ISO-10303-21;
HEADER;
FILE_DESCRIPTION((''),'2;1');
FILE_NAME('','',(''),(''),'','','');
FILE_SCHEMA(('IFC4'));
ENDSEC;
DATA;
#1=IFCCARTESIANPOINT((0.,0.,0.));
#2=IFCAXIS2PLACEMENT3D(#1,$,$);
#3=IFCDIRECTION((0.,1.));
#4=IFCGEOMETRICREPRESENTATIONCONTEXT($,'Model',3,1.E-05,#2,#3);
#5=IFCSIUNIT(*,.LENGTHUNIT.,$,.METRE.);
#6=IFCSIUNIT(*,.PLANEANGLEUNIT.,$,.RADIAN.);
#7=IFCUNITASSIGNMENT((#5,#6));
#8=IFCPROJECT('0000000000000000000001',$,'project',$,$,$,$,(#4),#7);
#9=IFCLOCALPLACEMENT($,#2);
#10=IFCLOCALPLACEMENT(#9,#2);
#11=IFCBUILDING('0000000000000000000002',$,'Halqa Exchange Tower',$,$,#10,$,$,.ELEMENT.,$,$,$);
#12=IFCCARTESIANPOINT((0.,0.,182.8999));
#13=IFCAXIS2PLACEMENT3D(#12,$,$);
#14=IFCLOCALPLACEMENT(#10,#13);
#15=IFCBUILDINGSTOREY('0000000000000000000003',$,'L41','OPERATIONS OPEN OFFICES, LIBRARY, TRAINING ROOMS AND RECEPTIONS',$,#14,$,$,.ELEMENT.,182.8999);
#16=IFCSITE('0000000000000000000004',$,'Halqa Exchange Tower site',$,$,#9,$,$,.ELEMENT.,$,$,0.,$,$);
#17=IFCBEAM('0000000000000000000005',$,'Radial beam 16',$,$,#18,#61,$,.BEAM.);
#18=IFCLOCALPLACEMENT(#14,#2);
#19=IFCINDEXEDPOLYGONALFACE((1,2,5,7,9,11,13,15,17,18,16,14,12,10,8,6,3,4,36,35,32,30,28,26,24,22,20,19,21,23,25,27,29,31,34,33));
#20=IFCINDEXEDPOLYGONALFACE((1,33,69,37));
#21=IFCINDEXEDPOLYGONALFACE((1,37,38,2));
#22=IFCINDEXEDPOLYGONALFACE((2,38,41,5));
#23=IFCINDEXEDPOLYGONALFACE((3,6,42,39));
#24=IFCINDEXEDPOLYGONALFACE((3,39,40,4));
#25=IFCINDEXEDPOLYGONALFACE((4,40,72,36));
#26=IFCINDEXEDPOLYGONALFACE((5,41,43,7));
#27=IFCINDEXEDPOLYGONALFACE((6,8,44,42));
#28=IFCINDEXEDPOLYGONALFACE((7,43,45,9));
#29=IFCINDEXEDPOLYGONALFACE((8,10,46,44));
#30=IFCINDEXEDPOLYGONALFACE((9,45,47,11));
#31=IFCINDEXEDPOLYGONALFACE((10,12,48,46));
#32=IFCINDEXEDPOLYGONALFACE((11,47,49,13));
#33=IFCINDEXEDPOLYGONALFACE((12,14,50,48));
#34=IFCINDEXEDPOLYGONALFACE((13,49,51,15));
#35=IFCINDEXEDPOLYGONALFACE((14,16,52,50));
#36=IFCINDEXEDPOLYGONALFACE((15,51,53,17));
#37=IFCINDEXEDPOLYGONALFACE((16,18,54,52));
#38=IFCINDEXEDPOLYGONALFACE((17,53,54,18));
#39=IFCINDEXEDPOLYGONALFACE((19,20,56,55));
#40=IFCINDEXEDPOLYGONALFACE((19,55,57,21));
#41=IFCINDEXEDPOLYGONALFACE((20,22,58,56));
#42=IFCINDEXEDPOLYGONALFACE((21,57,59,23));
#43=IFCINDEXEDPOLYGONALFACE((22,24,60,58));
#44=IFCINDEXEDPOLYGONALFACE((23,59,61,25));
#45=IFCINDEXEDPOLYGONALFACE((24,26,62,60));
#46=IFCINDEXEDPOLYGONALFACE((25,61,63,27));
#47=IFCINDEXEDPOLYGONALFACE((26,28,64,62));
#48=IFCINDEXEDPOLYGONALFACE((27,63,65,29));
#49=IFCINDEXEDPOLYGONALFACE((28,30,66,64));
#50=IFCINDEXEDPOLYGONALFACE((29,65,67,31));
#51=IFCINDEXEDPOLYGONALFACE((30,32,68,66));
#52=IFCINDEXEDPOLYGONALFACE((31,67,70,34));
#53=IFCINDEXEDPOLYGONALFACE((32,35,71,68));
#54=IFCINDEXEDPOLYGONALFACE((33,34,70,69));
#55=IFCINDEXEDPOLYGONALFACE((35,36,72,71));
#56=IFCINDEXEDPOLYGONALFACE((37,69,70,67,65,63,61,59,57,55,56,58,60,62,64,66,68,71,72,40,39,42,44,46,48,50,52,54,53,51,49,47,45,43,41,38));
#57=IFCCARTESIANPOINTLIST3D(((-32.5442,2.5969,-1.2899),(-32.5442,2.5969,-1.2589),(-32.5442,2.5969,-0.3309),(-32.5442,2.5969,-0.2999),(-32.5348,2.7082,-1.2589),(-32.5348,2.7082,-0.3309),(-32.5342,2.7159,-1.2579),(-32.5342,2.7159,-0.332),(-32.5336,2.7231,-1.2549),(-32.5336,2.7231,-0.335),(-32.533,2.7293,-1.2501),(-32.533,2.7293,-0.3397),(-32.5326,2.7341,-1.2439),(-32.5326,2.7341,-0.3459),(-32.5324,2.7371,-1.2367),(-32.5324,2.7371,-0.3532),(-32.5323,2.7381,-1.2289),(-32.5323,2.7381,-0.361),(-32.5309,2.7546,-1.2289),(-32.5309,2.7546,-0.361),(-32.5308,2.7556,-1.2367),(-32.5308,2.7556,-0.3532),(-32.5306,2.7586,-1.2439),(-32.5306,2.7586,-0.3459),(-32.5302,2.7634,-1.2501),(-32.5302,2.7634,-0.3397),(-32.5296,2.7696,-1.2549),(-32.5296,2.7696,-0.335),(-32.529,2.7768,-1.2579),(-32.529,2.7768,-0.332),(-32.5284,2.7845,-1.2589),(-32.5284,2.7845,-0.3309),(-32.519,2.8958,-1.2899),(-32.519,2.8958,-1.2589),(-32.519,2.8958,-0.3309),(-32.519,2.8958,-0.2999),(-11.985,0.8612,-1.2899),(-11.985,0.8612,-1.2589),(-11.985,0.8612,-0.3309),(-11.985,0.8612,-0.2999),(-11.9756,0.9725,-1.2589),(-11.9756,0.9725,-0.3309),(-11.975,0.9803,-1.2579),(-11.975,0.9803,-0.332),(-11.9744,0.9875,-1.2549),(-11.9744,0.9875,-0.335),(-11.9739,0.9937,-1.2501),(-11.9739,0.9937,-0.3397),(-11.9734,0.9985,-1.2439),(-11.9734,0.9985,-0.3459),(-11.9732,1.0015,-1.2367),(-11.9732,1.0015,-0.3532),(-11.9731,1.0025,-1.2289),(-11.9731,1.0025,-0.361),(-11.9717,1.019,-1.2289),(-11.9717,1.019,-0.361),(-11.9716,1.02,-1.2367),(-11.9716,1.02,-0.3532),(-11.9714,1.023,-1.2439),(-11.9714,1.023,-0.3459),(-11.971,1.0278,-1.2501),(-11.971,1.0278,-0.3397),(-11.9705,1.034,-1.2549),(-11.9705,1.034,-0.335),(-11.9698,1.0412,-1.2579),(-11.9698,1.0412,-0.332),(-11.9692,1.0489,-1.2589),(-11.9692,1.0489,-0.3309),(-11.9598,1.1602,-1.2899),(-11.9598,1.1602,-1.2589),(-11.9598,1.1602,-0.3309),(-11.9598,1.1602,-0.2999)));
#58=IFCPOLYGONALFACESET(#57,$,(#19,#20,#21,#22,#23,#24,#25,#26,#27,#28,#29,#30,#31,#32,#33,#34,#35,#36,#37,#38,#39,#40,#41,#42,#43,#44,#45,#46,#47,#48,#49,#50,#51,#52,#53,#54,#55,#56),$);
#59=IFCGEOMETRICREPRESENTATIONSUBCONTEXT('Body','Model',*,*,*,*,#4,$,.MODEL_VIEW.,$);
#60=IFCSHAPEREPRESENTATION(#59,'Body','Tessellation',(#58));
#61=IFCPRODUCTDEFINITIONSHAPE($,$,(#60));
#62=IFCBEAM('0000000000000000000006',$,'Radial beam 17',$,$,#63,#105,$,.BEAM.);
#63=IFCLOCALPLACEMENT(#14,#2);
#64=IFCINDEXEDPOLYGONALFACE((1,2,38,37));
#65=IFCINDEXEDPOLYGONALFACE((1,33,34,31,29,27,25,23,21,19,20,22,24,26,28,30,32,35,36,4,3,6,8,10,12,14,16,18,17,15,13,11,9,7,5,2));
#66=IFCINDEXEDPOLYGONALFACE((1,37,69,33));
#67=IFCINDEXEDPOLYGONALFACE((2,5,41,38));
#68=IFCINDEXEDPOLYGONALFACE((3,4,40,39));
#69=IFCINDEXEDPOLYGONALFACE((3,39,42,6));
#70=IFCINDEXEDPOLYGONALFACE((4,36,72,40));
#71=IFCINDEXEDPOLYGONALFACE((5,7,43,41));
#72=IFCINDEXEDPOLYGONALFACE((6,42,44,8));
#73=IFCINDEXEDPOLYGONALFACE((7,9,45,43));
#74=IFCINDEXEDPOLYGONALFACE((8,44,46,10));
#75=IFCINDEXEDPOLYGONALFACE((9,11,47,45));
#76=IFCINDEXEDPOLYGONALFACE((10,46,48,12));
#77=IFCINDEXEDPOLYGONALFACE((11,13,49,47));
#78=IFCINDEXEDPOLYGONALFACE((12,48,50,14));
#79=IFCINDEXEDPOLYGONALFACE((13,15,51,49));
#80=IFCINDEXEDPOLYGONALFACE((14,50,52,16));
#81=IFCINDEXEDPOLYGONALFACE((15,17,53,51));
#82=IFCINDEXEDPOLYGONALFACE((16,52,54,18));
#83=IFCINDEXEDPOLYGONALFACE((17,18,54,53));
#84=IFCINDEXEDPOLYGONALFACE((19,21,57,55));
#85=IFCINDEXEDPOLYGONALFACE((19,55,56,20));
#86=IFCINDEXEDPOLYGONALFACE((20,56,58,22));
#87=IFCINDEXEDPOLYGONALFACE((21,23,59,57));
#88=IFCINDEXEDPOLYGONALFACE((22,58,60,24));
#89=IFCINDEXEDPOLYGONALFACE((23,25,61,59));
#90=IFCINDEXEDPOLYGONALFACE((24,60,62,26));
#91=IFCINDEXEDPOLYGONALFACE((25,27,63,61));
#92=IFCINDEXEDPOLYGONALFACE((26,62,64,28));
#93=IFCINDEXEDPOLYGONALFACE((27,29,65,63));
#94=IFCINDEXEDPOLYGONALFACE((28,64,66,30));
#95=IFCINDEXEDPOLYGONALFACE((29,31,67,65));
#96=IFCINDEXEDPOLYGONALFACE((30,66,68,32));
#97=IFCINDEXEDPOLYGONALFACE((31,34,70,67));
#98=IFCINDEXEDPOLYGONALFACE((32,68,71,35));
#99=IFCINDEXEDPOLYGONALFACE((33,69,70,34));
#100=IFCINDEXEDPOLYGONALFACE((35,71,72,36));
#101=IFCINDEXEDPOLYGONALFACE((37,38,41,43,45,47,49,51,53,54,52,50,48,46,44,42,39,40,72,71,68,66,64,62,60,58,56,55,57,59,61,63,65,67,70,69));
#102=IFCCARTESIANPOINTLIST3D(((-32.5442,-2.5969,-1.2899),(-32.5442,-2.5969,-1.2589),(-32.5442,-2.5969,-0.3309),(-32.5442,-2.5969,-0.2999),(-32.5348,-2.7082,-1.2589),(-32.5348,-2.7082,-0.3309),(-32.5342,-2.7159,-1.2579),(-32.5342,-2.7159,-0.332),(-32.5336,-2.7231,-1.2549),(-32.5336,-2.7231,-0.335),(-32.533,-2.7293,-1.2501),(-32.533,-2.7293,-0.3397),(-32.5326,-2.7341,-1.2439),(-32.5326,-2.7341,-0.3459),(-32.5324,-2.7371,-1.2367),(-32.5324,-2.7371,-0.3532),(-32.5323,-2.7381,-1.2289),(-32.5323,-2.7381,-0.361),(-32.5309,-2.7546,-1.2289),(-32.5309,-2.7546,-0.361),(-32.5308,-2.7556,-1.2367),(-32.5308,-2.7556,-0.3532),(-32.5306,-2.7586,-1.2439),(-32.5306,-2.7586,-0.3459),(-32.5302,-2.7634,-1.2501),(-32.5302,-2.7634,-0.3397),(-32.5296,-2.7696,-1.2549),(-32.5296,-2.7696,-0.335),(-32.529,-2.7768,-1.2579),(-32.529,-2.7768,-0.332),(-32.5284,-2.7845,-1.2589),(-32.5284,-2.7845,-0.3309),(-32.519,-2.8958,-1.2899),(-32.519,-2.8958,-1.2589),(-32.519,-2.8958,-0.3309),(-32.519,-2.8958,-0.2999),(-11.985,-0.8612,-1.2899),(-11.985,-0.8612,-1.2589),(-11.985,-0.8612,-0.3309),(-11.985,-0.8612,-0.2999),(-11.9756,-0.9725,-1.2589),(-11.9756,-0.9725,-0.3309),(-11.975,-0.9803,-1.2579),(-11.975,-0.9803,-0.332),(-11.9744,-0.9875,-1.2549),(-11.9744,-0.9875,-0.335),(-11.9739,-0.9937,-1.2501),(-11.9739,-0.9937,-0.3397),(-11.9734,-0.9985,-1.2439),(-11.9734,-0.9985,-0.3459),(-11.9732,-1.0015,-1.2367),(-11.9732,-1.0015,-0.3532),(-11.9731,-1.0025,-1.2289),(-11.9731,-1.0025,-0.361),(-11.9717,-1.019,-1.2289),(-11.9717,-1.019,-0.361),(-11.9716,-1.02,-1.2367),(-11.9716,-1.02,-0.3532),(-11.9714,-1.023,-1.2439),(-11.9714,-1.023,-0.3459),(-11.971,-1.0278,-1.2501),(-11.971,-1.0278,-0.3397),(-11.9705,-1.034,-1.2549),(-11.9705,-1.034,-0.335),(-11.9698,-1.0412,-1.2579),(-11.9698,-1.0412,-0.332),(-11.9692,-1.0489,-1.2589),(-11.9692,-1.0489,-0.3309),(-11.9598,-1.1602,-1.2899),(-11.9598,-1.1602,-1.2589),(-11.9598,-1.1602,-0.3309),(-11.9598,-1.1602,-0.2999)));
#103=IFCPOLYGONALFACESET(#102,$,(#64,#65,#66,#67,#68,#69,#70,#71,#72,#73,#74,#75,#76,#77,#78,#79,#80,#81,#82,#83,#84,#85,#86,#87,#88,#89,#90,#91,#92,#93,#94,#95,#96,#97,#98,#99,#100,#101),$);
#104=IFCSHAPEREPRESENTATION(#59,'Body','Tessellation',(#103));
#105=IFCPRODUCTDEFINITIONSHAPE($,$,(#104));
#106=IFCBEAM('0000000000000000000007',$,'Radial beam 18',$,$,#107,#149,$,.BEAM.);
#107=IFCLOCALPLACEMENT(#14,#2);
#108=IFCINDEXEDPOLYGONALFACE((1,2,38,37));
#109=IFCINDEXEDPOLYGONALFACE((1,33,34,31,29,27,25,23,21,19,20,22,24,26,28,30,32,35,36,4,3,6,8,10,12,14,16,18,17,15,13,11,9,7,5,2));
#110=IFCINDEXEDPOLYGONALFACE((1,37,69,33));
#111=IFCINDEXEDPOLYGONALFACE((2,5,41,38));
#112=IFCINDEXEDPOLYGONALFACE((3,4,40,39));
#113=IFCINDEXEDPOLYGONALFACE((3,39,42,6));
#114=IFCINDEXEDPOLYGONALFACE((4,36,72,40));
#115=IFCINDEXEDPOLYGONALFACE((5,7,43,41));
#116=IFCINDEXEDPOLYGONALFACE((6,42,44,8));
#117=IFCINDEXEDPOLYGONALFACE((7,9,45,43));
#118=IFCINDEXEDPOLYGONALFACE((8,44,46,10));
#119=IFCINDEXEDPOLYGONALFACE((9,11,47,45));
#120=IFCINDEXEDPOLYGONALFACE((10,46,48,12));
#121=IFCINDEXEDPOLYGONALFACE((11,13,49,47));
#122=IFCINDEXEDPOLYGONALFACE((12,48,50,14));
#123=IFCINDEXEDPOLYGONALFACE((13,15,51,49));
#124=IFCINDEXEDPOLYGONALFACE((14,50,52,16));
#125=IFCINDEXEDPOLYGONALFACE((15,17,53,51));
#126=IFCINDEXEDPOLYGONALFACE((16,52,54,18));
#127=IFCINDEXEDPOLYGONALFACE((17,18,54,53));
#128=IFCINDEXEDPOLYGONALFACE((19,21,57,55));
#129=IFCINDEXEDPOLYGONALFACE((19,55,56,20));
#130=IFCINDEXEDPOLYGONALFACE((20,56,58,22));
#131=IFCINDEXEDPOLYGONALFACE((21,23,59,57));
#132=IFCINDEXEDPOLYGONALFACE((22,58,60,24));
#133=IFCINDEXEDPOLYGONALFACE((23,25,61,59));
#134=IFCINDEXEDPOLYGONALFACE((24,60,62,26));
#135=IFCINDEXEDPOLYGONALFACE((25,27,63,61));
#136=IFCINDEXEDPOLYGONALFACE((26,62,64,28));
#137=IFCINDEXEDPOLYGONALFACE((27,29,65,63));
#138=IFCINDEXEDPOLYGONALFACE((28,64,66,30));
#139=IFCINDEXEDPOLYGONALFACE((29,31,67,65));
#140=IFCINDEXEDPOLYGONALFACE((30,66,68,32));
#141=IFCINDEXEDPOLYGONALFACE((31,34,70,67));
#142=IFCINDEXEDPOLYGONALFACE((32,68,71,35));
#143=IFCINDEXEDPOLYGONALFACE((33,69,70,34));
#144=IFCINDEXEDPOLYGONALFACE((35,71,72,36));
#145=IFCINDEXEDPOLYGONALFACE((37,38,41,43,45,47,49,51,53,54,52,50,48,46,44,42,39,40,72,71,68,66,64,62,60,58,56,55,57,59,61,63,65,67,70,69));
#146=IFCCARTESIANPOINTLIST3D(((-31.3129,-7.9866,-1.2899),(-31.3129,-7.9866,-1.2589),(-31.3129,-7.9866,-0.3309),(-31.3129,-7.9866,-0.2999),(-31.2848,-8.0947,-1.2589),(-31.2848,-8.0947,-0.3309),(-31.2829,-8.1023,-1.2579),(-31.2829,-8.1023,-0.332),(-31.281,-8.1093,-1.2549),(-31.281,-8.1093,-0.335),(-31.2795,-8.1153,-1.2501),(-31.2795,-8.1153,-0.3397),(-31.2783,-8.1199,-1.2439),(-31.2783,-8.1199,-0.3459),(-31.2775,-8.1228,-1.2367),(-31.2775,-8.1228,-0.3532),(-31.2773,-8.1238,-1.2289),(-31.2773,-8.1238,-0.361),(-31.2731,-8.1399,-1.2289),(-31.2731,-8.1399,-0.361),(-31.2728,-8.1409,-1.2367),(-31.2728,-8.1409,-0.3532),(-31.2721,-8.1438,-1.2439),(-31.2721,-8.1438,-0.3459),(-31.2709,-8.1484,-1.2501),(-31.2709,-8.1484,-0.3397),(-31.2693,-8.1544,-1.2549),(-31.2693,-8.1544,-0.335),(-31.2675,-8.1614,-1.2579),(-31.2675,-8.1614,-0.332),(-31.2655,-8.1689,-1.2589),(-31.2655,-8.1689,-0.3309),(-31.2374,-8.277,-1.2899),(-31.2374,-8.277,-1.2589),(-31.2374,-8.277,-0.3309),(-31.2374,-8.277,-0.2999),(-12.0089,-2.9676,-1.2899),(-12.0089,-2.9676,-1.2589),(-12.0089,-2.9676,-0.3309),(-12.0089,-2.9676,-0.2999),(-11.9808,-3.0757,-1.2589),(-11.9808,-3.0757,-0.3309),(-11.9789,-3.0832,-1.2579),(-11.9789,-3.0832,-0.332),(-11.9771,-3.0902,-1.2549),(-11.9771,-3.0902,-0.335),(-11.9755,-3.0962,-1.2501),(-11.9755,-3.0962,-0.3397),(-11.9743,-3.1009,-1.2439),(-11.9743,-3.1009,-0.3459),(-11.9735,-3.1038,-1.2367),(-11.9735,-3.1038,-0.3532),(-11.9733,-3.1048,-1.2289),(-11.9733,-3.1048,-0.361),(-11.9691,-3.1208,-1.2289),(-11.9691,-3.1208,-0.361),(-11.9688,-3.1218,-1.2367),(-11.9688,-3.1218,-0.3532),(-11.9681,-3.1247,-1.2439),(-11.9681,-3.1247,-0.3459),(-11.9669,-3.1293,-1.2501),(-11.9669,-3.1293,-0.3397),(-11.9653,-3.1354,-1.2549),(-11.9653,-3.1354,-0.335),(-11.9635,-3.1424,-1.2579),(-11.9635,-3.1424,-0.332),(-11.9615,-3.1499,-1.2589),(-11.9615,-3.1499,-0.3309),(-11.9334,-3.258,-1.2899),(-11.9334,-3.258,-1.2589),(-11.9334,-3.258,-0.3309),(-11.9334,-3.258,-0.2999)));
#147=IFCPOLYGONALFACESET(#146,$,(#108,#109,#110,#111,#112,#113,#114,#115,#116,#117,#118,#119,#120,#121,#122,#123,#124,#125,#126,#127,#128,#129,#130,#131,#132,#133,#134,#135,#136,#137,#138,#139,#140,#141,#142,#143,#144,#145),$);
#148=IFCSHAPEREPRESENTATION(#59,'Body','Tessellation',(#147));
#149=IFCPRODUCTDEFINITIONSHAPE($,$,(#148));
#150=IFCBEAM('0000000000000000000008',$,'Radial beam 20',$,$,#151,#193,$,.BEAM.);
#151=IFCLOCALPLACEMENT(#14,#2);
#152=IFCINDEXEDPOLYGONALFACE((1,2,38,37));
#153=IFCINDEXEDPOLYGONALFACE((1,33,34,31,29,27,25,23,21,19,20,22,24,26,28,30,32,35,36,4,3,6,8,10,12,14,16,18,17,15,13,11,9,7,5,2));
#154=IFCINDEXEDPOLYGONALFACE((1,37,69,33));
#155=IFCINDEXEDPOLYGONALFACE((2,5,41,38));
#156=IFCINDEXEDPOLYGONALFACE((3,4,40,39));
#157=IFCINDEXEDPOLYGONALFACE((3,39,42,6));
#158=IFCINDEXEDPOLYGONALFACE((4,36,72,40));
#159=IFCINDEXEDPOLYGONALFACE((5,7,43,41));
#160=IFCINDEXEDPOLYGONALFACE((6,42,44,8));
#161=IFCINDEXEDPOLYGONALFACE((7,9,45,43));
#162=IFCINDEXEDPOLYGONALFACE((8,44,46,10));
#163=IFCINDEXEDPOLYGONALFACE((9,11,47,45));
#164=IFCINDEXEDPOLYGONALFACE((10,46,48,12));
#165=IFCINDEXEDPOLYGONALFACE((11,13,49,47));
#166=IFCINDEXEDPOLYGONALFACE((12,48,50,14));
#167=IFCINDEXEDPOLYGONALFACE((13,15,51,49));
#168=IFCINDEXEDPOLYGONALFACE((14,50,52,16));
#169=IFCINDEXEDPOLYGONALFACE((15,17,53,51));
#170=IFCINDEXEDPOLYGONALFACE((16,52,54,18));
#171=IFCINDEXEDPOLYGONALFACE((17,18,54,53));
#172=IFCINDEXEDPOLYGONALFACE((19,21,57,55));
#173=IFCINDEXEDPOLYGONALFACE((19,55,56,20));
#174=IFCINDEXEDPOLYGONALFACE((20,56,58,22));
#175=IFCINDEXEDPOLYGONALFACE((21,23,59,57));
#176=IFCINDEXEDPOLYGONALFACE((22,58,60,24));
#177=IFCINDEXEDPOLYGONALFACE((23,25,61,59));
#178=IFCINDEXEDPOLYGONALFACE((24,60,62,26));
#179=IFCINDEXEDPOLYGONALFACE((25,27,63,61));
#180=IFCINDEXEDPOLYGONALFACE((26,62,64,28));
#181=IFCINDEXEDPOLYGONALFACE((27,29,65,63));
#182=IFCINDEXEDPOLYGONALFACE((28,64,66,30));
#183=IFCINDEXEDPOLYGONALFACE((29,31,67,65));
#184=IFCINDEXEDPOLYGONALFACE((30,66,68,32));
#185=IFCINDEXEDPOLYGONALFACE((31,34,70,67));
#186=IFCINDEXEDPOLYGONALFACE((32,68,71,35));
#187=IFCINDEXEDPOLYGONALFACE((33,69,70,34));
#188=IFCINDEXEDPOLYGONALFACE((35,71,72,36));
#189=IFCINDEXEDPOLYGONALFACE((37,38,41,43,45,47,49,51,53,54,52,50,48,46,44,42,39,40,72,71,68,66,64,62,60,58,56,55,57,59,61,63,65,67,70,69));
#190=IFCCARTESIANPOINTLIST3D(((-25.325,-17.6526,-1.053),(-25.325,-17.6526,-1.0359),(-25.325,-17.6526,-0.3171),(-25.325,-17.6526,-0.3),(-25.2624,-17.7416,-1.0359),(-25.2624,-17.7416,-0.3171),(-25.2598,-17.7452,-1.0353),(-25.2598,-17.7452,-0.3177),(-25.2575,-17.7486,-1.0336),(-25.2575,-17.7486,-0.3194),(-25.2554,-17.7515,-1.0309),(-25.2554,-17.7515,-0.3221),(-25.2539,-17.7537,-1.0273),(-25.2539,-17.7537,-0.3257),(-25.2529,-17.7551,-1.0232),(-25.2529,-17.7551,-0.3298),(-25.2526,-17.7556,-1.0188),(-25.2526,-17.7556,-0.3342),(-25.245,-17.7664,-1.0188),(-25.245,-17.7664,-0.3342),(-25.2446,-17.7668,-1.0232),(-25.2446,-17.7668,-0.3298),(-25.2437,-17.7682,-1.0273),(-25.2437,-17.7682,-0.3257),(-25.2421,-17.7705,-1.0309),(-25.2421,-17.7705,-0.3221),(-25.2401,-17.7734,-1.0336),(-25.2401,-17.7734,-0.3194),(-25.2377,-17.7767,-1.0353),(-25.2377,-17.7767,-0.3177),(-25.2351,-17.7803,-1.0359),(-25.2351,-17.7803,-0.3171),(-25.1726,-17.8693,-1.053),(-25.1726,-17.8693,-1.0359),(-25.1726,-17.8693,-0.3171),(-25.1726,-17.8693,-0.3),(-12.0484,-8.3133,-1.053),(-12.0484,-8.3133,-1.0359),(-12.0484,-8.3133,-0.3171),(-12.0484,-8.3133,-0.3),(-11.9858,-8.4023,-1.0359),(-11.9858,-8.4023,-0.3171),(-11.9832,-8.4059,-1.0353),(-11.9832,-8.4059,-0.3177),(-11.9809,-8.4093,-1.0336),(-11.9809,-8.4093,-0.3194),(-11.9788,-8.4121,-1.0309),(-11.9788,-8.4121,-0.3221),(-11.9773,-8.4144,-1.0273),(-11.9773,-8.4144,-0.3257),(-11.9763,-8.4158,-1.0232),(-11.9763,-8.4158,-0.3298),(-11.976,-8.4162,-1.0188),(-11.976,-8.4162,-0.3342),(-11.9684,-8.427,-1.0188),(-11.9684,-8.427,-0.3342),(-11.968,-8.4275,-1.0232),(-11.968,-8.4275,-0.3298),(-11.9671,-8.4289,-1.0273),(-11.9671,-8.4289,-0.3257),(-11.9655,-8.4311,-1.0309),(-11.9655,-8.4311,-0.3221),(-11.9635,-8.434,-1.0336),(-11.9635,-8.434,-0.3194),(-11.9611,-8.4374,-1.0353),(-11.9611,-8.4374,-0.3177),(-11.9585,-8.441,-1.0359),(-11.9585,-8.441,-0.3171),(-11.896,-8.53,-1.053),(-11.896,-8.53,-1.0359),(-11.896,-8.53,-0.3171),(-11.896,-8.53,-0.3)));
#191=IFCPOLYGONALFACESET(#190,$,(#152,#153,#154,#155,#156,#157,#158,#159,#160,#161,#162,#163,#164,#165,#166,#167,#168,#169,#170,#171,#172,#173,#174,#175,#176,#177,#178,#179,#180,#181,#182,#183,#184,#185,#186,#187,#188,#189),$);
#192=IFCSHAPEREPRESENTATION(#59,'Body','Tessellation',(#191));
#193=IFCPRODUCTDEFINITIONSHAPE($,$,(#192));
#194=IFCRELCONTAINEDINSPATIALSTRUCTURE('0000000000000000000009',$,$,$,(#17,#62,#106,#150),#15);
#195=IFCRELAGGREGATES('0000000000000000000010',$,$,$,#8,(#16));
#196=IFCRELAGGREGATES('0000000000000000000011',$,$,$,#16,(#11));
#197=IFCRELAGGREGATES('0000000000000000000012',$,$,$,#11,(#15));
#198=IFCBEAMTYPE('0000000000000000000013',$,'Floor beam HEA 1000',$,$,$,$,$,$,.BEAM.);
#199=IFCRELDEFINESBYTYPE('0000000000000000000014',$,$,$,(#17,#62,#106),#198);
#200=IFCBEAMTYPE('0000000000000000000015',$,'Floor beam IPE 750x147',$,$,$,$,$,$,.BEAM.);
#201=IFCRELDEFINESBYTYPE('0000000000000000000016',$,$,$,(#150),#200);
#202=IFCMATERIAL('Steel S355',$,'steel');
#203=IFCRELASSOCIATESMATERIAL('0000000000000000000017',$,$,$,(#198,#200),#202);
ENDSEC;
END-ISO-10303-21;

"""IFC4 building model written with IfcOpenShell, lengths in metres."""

from ifc_helpers import new_model, si_unit, direction, frame, origin, origin_2d, place, context, subcontext, project, spatial, i_section, extrude, material, material_profile, profile_set, type_object, element, save


model = new_model("IFC4")

# Units and contexts
model_context = context("Model", 3, precision=1e-05, world=origin(), true_north=direction((0.0, 1.0)))
body_context = subcontext(model_context, "Body", "Model", "MODEL_VIEW")
ifc_project = project(units=[si_unit("LENGTHUNIT", "METRE"), si_unit("PLANEANGLEUNIT", "RADIAN")], contexts=[model_context])

# Site, building, storey
site_placement = place(None, origin())
site = spatial("IfcSite", under=ifc_project, at=site_placement, Name="Halqa Exchange Tower site", CompositionType="ELEMENT", RefElevation=0.0)
building_placement = place(site_placement, origin())
building = spatial("IfcBuilding", under=site, at=building_placement, Name="Halqa Exchange Tower", CompositionType="ELEMENT")
storey_placement = place(building_placement, frame((0.0, 0.0, 182.8999)))
storey = spatial("IfcBuildingStorey", under=building, at=storey_placement, Name="L41", Description="OPERATIONS OPEN OFFICES, LIBRARY, TRAINING ROOMS AND RECEPTIONS", CompositionType="ELEMENT", Elevation=182.8999)

# Beams
ifc_material_1 = material(Name="Steel S355", Category="steel")
ifc_material_profile_1 = material_profile(ifc_material_1, i_section(OverallWidth=0.3, OverallDepth=0.99, WebThickness=0.0166, FlangeThickness=0.031, FilletRadius=0.03, at=origin_2d()), Name="HEA 1000")
ifc_profile_set_1 = profile_set([ifc_material_profile_1], Name="Steel S355")
beam_type_1 = type_object("IfcBeamType", Name="Floor beam HEA 1000", PredefinedType="BEAM", material=ifc_profile_set_1)
for number, where, z_axis, x_axis, name in (
    (1, (-11.9724, 1.0107, -0.7949), (-0.996456, 0.084121, 0.0), (-0.084121, -0.996456, 0.0), "Radial beam 16"),
    (2, (-11.9724, -1.0107, -0.7949), (-0.996456, -0.084121, 0.0), (0.084121, -0.996456, 0.0), "Radial beam 17"),
):
    element("IfcBeam", number, at=place(storey_placement, frame(where, z_axis=z_axis, x_axis=x_axis)), inside=storey, type_object=beam_type_1, Name=name, PredefinedType="BEAM", context=body_context, shape_type="SweptSolid", body=[
        extrude(i_section(OverallWidth=0.3, OverallDepth=0.99, WebThickness=0.0166, FlangeThickness=0.031, FilletRadius=0.03, at=origin_2d()), origin(), (0.0, 0.0, 1.0), 20.6323),
    ])
beam_1_placement = place(storey_placement, frame((-11.9712, -3.1128, -0.7949), z_axis=(-0.967822, -0.251635, 0.0), x_axis=(0.251635, -0.967822, 0.0)))
element("IfcBeam", 3, at=beam_1_placement, inside=storey, type_object=beam_type_1, Name="Radial beam 18", PredefinedType="BEAM", context=body_context, shape_type="SweptSolid", body=[
    extrude(i_section(OverallWidth=0.3, OverallDepth=0.99, WebThickness=0.0166, FlangeThickness=0.031, FilletRadius=0.03, at=origin_2d()), origin(), (0.0, 0.0, 1.0), 19.9458),
])
ifc_material_profile_2 = material_profile(ifc_material_1, i_section(OverallWidth=0.2649, OverallDepth=0.7529, WebThickness=0.0132, FlangeThickness=0.0171, FilletRadius=0.0171, at=origin_2d()), Name="IPE 750x147")
ifc_profile_set_2 = profile_set([ifc_material_profile_2], Name="Steel S355")
beam_type_2 = type_object("IfcBeamType", Name="Floor beam IPE 750x147", PredefinedType="BEAM", material=ifc_profile_set_2)
beam_2_placement = place(storey_placement, frame((-11.9722, -8.4216, -0.6765), z_axis=(-0.817906, -0.575351, 0.0), x_axis=(0.575351, -0.817906, 0.0)))
element("IfcBeam", 4, at=beam_2_placement, inside=storey, type_object=beam_type_2, Name="Radial beam 20", PredefinedType="BEAM", context=body_context, shape_type="SweptSolid", body=[
    extrude(i_section(OverallWidth=0.2649, OverallDepth=0.7529, WebThickness=0.0132, FlangeThickness=0.0171, FilletRadius=0.0171, at=origin_2d()), origin(), (0.0, 0.0, 1.0), 16.2324),
])

save(model, "model.ifc")
